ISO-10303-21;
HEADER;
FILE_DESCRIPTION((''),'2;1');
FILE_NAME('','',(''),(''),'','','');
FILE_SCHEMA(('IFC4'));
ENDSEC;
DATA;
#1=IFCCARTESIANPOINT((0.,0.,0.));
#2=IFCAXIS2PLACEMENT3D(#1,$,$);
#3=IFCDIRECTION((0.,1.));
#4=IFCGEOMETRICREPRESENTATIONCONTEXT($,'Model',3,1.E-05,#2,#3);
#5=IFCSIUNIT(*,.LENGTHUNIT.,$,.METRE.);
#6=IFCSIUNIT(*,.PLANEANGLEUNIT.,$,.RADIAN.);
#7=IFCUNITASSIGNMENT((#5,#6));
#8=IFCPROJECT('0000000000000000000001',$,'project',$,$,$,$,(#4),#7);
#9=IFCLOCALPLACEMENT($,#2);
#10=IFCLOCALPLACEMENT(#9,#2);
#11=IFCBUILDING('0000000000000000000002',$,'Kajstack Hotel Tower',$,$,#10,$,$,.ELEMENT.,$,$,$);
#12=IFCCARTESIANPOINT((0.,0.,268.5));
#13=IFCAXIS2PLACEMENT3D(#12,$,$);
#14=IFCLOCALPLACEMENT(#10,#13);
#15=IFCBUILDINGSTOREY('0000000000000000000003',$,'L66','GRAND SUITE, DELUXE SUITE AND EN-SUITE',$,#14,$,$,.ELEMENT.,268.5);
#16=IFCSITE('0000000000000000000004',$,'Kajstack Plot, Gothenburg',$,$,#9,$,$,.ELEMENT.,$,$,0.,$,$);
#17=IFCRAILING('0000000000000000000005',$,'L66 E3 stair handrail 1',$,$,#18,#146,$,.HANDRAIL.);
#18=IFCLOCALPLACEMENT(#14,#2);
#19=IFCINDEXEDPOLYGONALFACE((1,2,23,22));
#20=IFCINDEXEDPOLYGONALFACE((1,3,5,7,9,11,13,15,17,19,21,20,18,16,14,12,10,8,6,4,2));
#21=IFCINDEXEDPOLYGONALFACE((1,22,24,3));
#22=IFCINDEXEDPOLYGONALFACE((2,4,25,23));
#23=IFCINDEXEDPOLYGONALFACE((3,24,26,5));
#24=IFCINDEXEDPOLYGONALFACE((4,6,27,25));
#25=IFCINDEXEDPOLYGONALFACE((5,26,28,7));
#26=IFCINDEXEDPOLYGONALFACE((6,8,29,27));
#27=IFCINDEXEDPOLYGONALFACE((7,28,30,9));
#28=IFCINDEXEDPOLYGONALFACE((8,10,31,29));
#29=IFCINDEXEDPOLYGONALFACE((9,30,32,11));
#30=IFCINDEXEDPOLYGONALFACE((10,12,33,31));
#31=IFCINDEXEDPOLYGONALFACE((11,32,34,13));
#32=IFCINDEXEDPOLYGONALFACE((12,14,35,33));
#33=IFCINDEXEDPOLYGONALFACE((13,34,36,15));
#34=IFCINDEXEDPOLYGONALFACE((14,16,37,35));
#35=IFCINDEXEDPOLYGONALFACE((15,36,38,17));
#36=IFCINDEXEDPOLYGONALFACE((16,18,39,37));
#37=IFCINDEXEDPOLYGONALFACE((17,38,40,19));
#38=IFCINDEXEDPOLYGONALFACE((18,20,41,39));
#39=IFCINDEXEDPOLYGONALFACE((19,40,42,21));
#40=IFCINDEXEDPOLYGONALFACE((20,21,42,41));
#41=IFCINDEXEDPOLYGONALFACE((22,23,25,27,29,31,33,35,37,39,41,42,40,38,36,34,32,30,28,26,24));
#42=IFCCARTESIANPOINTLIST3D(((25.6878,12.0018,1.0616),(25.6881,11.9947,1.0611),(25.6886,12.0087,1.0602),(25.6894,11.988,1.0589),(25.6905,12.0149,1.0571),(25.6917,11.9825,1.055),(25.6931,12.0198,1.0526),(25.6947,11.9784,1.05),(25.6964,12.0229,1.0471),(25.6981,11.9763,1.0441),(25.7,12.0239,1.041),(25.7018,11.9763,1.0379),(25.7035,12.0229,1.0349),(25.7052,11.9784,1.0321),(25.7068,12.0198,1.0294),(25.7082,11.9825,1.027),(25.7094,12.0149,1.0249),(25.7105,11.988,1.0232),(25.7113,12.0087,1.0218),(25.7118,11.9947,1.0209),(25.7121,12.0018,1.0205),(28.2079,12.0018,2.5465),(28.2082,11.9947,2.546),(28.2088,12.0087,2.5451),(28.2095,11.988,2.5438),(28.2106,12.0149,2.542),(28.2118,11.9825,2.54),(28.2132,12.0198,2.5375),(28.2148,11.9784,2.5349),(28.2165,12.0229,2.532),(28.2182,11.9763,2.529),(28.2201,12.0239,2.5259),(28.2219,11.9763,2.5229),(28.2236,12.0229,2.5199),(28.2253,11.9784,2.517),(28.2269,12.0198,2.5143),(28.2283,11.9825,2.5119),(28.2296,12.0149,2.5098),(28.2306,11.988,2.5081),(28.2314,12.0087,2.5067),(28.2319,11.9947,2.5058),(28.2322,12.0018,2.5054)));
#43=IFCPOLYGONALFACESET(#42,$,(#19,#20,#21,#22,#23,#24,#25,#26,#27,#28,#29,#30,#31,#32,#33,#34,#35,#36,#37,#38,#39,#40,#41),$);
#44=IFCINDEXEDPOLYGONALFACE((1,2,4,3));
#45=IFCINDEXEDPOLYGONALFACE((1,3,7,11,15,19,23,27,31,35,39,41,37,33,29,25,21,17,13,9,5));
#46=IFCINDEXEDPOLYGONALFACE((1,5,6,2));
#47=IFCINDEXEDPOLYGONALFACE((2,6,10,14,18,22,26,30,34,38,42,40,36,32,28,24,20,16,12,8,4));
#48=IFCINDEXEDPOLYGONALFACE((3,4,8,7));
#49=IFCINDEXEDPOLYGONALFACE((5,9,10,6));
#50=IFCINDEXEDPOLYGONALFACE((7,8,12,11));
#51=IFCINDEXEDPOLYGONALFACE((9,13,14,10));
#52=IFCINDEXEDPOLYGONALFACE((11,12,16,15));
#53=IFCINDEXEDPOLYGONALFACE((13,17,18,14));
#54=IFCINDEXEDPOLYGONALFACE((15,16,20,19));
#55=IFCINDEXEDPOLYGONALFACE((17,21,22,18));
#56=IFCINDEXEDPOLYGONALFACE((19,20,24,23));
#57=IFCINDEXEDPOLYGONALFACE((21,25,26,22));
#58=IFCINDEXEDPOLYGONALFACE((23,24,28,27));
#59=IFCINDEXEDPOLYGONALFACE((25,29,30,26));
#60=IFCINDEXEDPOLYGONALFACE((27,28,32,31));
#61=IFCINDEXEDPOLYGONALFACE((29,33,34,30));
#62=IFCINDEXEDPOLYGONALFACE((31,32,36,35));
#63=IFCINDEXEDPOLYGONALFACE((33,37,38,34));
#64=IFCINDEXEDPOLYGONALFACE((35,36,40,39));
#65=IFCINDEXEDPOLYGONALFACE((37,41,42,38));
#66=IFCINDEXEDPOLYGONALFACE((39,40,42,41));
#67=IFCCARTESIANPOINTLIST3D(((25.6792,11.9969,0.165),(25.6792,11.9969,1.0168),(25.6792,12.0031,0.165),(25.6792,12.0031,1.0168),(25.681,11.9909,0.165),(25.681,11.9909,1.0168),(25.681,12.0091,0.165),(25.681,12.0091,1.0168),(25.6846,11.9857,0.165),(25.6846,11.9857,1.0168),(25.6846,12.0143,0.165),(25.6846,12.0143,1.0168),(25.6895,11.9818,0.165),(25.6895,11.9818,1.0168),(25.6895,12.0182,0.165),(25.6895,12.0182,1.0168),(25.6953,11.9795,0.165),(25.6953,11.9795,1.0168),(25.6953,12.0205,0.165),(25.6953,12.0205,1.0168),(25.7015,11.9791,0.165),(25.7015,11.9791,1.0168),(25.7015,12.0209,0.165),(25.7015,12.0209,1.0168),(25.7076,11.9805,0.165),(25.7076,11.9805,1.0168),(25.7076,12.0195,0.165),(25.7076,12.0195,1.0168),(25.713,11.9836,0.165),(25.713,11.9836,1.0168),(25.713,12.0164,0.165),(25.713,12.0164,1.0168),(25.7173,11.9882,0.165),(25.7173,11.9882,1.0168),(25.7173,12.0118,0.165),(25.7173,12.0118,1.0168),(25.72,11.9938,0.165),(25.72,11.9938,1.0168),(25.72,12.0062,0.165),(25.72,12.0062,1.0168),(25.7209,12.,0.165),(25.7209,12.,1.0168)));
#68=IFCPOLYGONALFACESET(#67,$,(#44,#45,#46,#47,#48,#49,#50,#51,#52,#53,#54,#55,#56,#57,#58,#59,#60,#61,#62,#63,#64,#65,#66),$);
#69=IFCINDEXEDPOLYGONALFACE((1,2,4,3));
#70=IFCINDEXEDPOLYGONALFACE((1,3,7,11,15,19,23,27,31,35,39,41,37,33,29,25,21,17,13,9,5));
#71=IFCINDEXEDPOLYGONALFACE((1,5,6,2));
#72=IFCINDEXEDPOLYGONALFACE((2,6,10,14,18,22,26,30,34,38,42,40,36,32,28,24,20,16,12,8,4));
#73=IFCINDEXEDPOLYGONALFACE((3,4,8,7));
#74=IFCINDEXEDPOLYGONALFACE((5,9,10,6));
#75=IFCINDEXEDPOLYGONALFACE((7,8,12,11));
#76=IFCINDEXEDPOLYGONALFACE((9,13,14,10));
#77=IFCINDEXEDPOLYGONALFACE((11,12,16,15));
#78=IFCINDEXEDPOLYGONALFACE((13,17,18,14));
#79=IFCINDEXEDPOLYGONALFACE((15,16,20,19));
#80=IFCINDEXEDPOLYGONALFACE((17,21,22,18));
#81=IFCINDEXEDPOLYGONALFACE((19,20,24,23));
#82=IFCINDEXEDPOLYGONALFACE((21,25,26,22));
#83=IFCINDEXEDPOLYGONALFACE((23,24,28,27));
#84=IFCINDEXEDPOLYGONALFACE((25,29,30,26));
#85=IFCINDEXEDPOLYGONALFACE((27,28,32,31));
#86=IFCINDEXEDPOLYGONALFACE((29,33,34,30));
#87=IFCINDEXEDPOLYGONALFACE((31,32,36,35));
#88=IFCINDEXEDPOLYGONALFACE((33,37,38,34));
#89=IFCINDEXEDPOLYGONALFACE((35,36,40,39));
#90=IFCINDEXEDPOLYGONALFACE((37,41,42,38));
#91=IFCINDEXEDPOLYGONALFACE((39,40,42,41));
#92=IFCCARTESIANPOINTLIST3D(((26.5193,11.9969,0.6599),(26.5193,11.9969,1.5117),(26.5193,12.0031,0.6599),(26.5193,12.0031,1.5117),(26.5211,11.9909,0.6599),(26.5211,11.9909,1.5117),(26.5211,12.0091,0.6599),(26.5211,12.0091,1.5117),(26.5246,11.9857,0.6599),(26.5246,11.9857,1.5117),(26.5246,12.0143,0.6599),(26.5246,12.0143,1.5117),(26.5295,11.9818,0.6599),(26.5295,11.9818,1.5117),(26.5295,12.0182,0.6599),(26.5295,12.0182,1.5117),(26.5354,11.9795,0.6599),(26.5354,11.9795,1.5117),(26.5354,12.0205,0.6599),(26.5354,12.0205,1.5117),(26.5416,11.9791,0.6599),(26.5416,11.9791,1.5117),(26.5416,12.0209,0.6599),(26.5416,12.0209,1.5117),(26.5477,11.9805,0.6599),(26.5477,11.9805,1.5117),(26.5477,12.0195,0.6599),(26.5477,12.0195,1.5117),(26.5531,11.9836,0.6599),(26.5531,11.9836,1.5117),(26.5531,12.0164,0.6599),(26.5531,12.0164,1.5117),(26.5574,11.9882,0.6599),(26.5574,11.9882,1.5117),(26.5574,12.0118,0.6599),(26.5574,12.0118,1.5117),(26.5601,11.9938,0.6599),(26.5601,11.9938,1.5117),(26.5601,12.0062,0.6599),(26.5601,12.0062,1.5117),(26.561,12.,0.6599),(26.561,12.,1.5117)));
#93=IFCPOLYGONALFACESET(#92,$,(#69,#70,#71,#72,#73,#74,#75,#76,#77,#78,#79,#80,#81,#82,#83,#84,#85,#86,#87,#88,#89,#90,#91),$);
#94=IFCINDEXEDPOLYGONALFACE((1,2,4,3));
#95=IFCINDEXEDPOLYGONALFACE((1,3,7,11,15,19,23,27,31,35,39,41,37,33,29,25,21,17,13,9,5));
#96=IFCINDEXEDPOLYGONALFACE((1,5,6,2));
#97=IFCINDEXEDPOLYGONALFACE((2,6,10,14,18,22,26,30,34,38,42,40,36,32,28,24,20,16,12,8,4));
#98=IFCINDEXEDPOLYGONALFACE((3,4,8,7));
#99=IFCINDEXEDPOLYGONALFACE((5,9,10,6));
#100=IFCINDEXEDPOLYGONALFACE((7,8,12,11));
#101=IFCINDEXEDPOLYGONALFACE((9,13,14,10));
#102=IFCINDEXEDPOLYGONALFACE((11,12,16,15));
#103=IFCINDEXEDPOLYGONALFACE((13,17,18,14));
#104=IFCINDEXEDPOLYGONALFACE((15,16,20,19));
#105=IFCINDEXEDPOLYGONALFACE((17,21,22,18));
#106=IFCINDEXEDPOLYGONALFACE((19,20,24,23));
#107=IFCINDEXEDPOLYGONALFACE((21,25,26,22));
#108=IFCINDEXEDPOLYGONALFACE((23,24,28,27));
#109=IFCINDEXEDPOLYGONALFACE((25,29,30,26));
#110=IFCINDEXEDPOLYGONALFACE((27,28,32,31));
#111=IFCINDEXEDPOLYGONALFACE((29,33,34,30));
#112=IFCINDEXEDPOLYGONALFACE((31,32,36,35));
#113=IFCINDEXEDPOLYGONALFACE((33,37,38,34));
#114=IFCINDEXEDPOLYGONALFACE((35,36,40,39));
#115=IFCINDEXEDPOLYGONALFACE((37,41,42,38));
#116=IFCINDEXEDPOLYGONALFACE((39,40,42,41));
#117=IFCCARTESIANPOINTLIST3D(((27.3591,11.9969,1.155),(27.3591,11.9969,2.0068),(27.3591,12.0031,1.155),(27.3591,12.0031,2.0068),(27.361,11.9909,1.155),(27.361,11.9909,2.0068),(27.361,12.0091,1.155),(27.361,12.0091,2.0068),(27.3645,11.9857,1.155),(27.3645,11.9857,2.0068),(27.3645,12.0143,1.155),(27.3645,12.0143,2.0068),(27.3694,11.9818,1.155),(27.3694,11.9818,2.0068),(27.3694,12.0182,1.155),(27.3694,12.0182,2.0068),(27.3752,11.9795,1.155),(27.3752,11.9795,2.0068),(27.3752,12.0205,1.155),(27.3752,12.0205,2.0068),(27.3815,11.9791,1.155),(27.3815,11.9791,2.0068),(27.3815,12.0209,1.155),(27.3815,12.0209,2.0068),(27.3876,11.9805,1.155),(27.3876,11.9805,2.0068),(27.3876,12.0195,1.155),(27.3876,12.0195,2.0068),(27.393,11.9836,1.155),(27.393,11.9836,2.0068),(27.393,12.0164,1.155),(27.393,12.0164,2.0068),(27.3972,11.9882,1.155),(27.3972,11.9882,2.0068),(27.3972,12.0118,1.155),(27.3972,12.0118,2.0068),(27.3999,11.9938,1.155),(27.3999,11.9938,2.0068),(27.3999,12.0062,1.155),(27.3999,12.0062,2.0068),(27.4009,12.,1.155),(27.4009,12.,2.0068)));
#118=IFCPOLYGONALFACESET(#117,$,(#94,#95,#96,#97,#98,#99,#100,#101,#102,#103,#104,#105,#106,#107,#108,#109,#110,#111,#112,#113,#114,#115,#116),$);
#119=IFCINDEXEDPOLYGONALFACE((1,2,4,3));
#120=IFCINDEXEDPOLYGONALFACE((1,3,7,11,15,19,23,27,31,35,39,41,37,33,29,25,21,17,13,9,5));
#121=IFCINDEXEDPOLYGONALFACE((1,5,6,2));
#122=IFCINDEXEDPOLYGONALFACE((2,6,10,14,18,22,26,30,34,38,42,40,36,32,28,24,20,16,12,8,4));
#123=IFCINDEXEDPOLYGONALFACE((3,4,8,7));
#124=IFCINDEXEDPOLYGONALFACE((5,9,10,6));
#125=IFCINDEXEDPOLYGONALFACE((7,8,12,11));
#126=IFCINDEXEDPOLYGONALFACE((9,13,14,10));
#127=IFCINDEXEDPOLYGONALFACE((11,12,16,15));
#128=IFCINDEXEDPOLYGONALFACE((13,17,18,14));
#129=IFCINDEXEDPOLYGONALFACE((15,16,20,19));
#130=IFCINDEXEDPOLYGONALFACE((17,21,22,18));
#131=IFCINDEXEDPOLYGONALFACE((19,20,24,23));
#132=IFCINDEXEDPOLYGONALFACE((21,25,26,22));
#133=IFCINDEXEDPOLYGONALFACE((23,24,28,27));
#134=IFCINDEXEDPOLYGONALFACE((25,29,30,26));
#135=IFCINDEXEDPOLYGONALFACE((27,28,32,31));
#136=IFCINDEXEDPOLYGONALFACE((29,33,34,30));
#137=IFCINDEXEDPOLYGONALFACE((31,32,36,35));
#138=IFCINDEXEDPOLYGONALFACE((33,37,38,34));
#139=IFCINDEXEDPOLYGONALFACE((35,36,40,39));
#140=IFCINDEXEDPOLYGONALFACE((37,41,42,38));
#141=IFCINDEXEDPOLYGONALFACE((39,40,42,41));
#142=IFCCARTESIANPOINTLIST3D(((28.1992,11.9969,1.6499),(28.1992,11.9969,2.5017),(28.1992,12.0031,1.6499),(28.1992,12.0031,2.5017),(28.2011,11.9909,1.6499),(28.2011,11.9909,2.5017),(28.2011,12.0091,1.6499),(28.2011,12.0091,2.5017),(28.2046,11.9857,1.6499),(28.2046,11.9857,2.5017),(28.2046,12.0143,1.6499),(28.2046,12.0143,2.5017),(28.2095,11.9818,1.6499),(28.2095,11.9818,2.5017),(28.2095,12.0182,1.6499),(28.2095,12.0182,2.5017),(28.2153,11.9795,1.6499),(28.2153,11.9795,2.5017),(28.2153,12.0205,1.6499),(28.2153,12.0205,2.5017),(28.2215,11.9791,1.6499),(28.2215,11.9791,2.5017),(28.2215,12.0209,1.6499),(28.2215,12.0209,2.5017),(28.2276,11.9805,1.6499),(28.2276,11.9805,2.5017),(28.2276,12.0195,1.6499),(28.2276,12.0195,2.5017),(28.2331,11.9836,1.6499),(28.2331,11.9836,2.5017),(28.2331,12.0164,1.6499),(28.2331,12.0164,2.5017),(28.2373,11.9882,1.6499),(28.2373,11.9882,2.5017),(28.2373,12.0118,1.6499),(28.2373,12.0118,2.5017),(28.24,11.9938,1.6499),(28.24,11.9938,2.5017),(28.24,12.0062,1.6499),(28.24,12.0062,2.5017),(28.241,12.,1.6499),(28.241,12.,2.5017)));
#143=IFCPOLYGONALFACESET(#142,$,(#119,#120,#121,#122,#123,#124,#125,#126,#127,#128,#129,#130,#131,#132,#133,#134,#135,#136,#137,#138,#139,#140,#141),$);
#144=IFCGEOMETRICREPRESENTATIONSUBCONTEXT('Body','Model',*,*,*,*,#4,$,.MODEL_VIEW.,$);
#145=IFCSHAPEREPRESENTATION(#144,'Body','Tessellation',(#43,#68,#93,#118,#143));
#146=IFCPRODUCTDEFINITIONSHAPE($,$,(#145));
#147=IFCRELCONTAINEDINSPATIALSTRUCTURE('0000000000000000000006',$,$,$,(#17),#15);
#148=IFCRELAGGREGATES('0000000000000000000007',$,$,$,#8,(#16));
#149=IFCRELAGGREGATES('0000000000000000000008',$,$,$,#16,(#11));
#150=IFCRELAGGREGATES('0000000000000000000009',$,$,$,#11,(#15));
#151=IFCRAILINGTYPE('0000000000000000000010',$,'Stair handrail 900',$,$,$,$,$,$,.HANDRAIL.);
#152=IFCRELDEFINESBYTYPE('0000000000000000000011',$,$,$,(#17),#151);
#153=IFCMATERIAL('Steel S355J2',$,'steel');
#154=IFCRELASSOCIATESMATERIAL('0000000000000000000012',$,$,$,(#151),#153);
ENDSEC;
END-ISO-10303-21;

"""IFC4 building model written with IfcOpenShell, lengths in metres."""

from ifc_helpers import new_model, si_unit, direction, frame, origin, origin_2d, place, context, subcontext, project, spatial, circle, extrude, material, type_object, element, save


model = new_model("IFC4")

# Units and contexts
model_context = context("Model", 3, precision=1e-05, world=origin(), true_north=direction((0.0, 1.0)))
body_context = subcontext(model_context, "Body", "Model", "MODEL_VIEW")
ifc_project = project(units=[si_unit("LENGTHUNIT", "METRE"), si_unit("PLANEANGLEUNIT", "RADIAN")], contexts=[model_context])

# Site, building, storey
site_placement = place(None, origin())
site = spatial("IfcSite", under=ifc_project, at=site_placement, Name="Kajstack Plot, Gothenburg", CompositionType="ELEMENT", RefElevation=0.0)
building_placement = place(site_placement, origin())
building = spatial("IfcBuilding", under=site, at=building_placement, Name="Kajstack Hotel Tower", CompositionType="ELEMENT")
storey_placement = place(building_placement, frame((0.0, 0.0, 268.5)))
storey = spatial("IfcBuildingStorey", under=building, at=storey_placement, Name="L66", Description="GRAND SUITE, DELUXE SUITE AND EN-SUITE", CompositionType="ELEMENT", Elevation=268.5)

# Railing
ifc_material_1 = material(Name="Steel S355J2", Category="steel")
railing_type_1 = type_object("IfcRailingType", Name="Stair handrail 900", PredefinedType="HANDRAIL", material=ifc_material_1)
railing_1_placement = place(storey_placement, frame((25.7, 12.0, 0.165)))
element("IfcRailing", 1, at=railing_1_placement, inside=storey, type_object=railing_type_1, Name="L66 E3 stair handrail 1", PredefinedType="HANDRAIL", context=body_context, shape_type="SweptSolid", body=[
    extrude(circle(Radius=0.0239, at=origin_2d()), frame((0.0, 0.0, 0.876), z_axis=(0.861561, 0.0, 0.507655), x_axis=(0.0, 1.0, 0.0)), (0.0, 0.0, 1.0), 2.925),
    extrude(circle(Radius=0.021, at=origin_2d()), origin(), (0.0, 0.0, 1.0), 0.8518),
    extrude(circle(Radius=0.021, at=origin_2d()), frame((0.8401, 0.0, 0.4949)), (0.0, 0.0, 1.0), 0.8518),
    extrude(circle(Radius=0.021, at=origin_2d()), frame((1.6799, 0.0, 0.99)), (0.0, 0.0, 1.0), 0.8518),
    extrude(circle(Radius=0.021, at=origin_2d()), frame((2.52, 0.0, 1.4849)), (0.0, 0.0, 1.0), 0.8518),
])

save(model, "model.ifc")
